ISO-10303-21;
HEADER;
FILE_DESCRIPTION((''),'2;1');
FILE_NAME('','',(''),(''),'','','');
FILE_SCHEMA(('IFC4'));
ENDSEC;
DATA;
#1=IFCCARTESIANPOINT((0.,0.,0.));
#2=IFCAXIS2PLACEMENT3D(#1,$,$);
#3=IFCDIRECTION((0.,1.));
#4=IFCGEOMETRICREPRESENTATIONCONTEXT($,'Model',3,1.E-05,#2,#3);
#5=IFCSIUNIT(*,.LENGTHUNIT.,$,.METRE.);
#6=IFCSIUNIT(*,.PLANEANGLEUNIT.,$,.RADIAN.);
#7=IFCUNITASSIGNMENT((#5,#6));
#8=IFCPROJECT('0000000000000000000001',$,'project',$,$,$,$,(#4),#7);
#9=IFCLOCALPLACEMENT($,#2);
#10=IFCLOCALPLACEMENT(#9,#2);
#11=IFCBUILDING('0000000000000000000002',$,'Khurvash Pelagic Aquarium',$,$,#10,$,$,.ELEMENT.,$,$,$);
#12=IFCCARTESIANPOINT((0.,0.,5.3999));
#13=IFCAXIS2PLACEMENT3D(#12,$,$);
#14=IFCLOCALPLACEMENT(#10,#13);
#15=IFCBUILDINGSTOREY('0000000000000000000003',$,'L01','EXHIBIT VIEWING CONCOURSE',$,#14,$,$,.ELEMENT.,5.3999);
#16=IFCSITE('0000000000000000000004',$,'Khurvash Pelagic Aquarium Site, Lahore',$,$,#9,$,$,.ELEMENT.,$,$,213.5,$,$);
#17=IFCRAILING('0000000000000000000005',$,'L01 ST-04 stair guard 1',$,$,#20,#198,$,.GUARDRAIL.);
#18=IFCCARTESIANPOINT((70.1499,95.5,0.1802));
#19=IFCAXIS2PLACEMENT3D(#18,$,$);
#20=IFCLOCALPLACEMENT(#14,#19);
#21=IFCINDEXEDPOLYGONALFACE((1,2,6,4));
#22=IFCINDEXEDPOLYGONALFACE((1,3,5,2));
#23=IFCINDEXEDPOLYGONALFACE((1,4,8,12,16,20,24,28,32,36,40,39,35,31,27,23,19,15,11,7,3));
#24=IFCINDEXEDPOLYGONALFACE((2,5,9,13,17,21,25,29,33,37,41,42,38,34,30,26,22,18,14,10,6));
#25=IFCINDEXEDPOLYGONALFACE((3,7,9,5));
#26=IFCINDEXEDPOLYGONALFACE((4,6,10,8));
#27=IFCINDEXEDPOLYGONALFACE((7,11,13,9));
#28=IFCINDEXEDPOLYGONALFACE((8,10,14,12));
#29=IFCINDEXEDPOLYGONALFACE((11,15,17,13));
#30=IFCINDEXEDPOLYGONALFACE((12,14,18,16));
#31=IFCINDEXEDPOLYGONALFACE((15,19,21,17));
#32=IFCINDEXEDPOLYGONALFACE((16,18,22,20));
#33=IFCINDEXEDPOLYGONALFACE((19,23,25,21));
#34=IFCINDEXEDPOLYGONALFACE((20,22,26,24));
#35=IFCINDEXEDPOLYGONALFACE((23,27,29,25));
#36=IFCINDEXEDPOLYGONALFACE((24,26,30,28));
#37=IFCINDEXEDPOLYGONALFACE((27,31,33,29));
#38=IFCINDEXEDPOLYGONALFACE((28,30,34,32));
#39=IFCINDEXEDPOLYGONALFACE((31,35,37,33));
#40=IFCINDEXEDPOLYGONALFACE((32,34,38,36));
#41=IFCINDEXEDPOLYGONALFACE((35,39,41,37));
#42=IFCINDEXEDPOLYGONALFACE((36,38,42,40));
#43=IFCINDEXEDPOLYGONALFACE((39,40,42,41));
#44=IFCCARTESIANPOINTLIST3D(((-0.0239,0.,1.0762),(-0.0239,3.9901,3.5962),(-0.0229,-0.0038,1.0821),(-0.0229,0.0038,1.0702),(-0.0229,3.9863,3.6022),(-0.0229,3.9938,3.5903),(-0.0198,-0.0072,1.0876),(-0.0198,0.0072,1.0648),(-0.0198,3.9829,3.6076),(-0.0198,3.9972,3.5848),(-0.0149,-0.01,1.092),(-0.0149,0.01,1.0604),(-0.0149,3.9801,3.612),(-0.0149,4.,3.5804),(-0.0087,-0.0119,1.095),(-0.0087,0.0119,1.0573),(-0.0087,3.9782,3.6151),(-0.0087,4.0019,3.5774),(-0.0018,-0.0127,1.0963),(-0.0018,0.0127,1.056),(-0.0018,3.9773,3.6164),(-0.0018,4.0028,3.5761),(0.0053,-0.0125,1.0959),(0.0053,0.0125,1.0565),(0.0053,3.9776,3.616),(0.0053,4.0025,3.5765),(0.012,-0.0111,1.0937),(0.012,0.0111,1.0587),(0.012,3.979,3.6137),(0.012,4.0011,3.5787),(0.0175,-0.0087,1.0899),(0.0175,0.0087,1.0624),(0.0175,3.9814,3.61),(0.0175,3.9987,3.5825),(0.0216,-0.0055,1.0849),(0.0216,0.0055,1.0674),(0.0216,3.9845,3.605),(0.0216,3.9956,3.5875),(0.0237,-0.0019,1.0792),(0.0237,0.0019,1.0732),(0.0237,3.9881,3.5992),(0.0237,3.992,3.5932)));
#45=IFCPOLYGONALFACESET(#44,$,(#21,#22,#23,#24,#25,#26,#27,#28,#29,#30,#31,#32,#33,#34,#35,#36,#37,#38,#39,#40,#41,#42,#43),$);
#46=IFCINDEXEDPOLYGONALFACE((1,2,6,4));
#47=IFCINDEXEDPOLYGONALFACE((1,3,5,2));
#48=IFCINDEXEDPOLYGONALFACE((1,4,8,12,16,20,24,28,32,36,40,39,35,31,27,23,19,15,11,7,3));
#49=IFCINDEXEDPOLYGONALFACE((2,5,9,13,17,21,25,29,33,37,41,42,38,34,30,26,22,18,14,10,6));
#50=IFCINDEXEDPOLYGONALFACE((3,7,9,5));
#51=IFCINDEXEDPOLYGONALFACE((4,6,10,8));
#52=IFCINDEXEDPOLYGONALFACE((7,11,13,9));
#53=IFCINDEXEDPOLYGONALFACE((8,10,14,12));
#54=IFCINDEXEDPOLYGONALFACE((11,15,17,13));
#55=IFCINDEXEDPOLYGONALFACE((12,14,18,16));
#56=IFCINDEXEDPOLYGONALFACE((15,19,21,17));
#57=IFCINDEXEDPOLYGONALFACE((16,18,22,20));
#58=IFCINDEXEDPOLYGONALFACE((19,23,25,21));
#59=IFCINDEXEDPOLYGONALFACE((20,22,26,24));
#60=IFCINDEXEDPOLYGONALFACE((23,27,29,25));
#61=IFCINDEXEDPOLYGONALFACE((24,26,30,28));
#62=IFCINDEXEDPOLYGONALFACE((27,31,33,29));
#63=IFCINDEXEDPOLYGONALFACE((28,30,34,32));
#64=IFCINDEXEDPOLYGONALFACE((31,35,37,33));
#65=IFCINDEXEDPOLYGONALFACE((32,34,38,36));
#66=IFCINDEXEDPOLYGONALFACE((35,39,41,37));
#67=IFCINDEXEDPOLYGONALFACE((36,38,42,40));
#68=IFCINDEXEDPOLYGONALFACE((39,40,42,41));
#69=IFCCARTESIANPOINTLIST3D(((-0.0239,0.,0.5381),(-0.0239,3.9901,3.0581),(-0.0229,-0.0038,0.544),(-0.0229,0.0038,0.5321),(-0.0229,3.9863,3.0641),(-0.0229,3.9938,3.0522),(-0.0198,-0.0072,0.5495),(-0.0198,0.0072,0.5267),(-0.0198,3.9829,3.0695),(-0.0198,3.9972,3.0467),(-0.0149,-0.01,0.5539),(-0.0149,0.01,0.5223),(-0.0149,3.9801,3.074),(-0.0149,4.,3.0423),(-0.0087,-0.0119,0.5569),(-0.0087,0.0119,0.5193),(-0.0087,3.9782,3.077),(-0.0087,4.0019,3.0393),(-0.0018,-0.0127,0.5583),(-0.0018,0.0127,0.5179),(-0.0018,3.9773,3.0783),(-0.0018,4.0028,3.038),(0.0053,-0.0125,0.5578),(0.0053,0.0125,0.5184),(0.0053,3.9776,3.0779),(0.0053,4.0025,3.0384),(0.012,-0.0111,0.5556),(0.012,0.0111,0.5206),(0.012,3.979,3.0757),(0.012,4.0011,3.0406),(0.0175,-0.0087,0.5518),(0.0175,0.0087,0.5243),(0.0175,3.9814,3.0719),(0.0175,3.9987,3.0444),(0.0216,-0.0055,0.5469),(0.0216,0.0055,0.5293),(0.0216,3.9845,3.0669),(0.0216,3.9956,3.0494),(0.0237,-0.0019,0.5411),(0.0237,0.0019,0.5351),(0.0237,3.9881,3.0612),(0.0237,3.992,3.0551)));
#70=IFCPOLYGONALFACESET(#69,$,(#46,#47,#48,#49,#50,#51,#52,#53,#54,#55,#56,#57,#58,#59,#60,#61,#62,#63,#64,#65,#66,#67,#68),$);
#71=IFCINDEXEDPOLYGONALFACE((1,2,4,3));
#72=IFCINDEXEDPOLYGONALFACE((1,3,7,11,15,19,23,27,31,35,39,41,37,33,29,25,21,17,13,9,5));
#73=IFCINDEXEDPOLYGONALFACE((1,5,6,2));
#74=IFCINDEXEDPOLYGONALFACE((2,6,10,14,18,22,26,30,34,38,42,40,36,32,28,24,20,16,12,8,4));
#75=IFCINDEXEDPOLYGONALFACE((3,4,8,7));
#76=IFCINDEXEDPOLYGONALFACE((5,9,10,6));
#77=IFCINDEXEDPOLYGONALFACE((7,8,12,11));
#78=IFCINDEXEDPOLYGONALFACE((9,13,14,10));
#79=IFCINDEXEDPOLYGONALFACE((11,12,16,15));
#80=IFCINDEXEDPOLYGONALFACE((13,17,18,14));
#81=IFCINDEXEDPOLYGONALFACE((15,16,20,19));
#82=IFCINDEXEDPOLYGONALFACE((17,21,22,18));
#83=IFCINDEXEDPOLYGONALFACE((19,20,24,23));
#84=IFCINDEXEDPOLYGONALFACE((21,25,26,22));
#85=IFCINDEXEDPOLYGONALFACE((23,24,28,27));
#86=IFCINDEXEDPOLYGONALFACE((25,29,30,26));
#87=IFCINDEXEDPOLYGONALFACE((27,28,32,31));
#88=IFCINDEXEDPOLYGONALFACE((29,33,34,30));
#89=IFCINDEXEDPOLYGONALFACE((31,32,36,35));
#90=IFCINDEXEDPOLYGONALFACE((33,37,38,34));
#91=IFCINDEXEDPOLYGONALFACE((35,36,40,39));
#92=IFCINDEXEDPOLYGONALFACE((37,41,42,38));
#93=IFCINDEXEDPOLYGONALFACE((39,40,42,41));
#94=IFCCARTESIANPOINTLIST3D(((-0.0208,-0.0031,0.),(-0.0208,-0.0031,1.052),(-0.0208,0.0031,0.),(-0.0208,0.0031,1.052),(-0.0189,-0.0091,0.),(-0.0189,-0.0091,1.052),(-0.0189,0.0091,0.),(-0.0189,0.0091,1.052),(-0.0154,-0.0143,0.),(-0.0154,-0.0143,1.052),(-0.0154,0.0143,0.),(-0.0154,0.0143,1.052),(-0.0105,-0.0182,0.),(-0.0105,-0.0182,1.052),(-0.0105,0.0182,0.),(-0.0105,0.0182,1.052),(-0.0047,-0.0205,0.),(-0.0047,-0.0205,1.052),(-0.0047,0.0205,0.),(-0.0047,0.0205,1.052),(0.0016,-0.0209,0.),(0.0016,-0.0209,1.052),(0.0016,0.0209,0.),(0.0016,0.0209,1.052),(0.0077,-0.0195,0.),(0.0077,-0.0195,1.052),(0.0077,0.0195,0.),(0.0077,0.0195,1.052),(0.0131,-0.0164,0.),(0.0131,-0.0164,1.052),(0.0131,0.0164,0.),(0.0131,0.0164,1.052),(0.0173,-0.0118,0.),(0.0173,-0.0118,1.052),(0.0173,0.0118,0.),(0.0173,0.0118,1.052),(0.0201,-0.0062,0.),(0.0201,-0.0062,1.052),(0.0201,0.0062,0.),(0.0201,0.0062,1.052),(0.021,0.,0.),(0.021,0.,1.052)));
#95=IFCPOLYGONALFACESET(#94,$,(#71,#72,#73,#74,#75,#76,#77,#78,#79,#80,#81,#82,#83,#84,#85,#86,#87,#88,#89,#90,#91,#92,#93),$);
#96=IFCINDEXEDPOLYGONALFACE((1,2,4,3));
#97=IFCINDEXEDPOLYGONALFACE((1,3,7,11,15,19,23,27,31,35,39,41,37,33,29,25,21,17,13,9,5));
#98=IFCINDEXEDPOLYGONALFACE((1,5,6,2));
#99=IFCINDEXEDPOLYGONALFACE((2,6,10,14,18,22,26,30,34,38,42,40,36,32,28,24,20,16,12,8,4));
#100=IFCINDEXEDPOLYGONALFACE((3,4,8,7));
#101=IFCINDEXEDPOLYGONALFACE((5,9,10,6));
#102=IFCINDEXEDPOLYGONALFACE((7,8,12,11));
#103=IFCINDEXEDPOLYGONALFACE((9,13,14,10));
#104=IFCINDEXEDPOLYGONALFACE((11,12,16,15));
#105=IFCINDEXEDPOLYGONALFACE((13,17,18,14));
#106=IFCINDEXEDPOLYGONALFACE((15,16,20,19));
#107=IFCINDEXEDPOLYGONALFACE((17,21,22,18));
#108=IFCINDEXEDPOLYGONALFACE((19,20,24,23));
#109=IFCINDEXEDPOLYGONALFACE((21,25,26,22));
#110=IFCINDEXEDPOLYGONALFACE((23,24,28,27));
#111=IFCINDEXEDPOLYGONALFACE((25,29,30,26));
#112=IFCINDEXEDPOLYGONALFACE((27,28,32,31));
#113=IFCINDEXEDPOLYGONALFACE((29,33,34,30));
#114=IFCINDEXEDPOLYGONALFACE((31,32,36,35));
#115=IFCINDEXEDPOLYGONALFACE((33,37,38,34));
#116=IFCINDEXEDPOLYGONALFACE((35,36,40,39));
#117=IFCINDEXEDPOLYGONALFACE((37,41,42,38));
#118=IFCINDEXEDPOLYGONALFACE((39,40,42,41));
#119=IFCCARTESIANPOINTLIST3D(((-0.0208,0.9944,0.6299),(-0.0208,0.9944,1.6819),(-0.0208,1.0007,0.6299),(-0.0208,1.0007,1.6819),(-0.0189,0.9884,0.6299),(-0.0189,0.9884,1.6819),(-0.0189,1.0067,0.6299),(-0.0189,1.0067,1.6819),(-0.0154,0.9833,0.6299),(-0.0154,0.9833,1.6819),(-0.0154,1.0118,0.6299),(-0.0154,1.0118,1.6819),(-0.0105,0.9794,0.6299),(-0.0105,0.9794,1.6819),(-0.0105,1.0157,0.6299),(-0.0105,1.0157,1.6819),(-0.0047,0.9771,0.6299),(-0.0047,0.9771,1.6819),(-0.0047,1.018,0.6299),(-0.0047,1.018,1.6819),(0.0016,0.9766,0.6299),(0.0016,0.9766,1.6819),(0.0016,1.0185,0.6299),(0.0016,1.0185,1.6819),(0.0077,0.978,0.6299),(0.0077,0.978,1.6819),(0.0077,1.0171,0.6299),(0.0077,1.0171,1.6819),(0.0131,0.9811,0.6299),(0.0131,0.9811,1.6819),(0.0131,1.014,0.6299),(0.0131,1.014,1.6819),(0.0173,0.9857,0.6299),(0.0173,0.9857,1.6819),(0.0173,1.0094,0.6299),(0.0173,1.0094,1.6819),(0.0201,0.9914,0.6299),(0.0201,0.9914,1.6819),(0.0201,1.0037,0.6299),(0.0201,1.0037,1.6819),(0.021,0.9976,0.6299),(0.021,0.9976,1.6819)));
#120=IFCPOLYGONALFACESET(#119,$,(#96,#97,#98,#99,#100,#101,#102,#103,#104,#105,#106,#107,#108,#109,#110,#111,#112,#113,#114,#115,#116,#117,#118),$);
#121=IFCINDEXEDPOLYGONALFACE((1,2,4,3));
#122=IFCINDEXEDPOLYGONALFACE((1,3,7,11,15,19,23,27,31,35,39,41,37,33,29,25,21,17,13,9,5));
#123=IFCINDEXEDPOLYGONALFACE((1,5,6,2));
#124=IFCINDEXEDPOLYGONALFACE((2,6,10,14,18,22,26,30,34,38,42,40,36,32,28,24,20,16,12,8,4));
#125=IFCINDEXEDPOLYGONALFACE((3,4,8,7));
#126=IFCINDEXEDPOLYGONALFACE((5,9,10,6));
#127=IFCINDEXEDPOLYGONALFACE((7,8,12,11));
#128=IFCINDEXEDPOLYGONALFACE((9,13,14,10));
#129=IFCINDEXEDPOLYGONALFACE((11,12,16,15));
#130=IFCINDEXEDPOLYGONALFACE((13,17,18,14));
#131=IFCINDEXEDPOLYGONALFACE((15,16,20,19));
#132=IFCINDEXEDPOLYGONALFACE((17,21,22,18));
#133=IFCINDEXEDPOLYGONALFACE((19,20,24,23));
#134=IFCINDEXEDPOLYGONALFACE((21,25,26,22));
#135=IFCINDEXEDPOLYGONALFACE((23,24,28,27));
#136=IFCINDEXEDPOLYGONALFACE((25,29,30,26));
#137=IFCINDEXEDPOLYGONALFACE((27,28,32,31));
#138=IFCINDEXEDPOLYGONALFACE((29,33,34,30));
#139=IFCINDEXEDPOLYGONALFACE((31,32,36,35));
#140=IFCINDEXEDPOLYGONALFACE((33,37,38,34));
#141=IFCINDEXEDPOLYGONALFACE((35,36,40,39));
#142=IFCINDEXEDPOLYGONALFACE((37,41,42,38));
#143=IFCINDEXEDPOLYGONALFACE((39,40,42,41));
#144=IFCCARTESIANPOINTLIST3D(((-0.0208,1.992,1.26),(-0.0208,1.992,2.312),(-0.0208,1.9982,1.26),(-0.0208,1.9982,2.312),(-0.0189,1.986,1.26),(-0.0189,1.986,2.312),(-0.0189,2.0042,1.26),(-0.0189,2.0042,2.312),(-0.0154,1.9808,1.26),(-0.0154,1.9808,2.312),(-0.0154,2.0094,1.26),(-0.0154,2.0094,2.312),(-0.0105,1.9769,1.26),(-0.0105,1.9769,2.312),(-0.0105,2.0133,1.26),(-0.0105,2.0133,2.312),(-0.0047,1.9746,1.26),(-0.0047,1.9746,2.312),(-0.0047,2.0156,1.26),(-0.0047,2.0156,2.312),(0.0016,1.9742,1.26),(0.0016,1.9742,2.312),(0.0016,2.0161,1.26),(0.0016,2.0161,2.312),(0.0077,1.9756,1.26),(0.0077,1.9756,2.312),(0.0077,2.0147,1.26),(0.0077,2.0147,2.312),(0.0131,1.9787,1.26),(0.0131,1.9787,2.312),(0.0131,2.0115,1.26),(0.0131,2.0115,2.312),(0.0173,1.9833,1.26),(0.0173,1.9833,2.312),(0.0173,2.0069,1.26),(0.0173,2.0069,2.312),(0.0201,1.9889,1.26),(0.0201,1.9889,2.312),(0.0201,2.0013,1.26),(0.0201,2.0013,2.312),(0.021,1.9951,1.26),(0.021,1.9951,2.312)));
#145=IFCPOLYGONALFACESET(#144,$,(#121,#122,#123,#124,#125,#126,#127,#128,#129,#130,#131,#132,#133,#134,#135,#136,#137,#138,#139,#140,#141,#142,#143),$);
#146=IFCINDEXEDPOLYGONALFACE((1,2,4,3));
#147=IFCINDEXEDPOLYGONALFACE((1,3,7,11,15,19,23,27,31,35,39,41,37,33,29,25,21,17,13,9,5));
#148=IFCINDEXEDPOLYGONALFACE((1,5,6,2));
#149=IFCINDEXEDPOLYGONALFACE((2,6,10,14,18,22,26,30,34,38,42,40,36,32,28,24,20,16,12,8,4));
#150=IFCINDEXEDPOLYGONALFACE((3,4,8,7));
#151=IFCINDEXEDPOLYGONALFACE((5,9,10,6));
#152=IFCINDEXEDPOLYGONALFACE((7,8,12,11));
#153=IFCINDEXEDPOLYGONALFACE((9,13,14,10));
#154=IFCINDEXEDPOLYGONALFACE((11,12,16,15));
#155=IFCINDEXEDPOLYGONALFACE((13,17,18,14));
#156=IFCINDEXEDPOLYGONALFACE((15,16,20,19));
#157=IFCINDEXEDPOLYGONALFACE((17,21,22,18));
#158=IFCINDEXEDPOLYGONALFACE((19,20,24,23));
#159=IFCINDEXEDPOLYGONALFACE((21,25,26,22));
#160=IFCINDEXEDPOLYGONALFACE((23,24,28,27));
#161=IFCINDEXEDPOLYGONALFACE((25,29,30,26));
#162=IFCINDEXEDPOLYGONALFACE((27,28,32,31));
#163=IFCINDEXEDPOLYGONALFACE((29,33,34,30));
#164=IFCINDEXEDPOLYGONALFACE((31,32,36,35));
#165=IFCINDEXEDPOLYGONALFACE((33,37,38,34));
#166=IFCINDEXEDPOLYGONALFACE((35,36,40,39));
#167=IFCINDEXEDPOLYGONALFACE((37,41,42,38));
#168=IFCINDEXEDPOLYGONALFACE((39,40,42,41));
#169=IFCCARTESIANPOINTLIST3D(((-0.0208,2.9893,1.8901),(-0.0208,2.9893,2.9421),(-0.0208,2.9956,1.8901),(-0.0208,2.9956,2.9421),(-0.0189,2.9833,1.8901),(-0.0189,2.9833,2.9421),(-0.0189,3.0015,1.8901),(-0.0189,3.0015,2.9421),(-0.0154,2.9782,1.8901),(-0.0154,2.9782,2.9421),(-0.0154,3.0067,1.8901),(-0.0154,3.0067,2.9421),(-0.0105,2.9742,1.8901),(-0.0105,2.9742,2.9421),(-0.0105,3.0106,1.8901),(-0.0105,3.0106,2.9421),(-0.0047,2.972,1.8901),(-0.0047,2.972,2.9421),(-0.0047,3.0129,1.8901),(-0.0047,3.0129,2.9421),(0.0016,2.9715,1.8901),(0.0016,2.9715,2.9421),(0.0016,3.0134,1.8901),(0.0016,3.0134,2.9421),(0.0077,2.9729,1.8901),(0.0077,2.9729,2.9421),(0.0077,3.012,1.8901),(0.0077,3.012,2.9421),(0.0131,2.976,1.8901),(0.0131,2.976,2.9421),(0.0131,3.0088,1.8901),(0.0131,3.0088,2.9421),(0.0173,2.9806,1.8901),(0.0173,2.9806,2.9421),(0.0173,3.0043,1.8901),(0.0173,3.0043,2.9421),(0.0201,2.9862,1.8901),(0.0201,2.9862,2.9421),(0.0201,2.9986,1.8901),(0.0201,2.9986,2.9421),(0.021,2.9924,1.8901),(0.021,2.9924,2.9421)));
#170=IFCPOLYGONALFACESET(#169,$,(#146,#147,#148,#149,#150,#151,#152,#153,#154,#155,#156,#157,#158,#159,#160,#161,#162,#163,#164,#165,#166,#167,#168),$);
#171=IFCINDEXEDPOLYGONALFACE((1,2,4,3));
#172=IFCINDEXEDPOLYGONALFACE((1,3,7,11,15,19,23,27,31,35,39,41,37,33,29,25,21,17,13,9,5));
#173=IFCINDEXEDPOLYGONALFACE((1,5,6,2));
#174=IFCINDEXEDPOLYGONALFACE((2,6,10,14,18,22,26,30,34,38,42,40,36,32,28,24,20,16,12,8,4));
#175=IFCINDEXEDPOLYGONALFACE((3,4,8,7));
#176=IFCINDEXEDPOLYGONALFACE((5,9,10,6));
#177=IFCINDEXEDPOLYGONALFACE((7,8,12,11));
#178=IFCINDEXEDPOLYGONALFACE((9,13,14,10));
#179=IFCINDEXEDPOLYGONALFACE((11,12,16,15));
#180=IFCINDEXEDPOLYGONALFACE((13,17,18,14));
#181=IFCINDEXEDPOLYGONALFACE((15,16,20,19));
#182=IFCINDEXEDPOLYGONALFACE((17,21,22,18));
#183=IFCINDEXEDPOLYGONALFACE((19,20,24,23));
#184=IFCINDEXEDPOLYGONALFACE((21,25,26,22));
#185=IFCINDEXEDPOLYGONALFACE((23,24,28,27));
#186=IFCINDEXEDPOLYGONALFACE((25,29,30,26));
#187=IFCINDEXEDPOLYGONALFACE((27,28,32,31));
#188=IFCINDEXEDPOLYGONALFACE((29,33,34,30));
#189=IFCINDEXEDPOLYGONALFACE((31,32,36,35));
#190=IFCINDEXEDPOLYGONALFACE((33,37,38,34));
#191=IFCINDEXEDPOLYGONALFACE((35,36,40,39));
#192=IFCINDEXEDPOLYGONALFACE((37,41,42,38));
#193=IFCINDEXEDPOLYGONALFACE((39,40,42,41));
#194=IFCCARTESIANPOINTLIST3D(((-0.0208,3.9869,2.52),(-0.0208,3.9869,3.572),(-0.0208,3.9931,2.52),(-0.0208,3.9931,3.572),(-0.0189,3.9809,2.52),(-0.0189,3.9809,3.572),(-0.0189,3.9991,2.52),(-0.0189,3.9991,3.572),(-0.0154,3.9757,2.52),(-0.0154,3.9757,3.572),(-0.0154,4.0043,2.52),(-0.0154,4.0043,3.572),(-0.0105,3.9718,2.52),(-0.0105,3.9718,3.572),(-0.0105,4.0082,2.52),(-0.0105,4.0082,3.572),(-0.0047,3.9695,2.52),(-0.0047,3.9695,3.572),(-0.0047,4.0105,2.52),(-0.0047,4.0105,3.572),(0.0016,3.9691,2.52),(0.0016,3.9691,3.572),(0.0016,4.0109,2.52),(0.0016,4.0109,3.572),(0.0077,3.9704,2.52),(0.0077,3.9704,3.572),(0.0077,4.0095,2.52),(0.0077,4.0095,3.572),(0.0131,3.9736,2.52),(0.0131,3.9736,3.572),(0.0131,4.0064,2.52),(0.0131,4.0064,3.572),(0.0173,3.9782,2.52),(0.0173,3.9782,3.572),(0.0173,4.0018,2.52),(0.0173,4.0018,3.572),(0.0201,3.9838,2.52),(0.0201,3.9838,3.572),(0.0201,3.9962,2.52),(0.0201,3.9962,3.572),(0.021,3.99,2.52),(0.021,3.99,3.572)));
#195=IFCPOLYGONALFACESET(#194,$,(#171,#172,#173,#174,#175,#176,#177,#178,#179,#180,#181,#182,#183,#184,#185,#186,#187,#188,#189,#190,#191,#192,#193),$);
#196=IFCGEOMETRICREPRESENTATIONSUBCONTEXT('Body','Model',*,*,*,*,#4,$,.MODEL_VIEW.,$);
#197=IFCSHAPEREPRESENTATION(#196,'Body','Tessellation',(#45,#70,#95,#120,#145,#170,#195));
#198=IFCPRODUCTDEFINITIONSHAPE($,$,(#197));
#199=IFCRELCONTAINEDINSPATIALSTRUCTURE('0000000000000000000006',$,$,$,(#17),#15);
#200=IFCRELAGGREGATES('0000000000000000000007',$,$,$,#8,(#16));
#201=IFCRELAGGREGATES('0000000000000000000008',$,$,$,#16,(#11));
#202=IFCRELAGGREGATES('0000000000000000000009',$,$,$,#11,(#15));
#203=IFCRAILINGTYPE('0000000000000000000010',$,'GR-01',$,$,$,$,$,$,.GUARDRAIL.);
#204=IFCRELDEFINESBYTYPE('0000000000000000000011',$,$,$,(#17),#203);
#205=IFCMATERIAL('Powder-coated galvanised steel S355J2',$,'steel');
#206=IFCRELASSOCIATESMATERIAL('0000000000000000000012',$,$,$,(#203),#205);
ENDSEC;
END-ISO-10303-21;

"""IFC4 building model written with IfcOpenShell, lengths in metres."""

from ifc_helpers import new_model, si_unit, direction, frame, origin, origin_2d, place, context, subcontext, project, spatial, circle, extrude, material, type_object, element, save


model = new_model("IFC4")

# Units and contexts
model_context = context("Model", 3, precision=1e-05, world=origin(), true_north=direction((0.0, 1.0)))
body_context = subcontext(model_context, "Body", "Model", "MODEL_VIEW")
ifc_project = project(units=[si_unit("LENGTHUNIT", "METRE"), si_unit("PLANEANGLEUNIT", "RADIAN")], contexts=[model_context])

# Site, building, storey
site_placement = place(None, origin())
site = spatial("IfcSite", under=ifc_project, at=site_placement, Name="Khurvash Pelagic Aquarium Site, Lahore", CompositionType="ELEMENT", RefElevation=213.5)
building_placement = place(site_placement, origin())
building = spatial("IfcBuilding", under=site, at=building_placement, Name="Khurvash Pelagic Aquarium", CompositionType="ELEMENT")
storey_placement = place(building_placement, frame((0.0, 0.0, 5.3999)))
storey = spatial("IfcBuildingStorey", under=building, at=storey_placement, Name="L01", Description="EXHIBIT VIEWING CONCOURSE", CompositionType="ELEMENT", Elevation=5.3999)

# Railing
ifc_material_1 = material(Name="Powder-coated galvanised steel S355J2", Category="steel")
railing_type_1 = type_object("IfcRailingType", Name="GR-01", PredefinedType="GUARDRAIL", material=ifc_material_1)
railing_1_placement = place(storey_placement, frame((70.1499, 95.5, 0.1802)))
element("IfcRailing", 1, at=railing_1_placement, inside=storey, type_object=railing_type_1, Name="L01 ST-04 stair guard 1", PredefinedType="GUARDRAIL", context=body_context, shape_type="SweptSolid", body=[
    extrude(circle(Radius=0.0239, at=origin_2d()), frame((0.0, 0.0, 1.0762), z_axis=(0.0, 0.845486, 0.533997), x_axis=(-1.0, 0.0, 0.0)), (0.0, 0.0, 1.0), 4.7192),
    extrude(circle(Radius=0.0239, at=origin_2d()), frame((0.0, 0.0, 0.5381), z_axis=(0.0, 0.845486, 0.533997), x_axis=(-1.0, 0.0, 0.0)), (0.0, 0.0, 1.0), 4.7192),
    extrude(circle(Radius=0.021, at=origin_2d()), origin(), (0.0, 0.0, 1.0), 1.052),
    extrude(circle(Radius=0.021, at=origin_2d()), frame((0.0, 0.9976, 0.6299)), (0.0, 0.0, 1.0), 1.052),
    extrude(circle(Radius=0.021, at=origin_2d()), frame((0.0, 1.9951, 1.26)), (0.0, 0.0, 1.0), 1.052),
    extrude(circle(Radius=0.021, at=origin_2d()), frame((0.0, 2.9924, 1.8901)), (0.0, 0.0, 1.0), 1.052),
    extrude(circle(Radius=0.021, at=origin_2d()), frame((0.0, 3.99, 2.52)), (0.0, 0.0, 1.0), 1.052),
])

save(model, "model.ifc")
